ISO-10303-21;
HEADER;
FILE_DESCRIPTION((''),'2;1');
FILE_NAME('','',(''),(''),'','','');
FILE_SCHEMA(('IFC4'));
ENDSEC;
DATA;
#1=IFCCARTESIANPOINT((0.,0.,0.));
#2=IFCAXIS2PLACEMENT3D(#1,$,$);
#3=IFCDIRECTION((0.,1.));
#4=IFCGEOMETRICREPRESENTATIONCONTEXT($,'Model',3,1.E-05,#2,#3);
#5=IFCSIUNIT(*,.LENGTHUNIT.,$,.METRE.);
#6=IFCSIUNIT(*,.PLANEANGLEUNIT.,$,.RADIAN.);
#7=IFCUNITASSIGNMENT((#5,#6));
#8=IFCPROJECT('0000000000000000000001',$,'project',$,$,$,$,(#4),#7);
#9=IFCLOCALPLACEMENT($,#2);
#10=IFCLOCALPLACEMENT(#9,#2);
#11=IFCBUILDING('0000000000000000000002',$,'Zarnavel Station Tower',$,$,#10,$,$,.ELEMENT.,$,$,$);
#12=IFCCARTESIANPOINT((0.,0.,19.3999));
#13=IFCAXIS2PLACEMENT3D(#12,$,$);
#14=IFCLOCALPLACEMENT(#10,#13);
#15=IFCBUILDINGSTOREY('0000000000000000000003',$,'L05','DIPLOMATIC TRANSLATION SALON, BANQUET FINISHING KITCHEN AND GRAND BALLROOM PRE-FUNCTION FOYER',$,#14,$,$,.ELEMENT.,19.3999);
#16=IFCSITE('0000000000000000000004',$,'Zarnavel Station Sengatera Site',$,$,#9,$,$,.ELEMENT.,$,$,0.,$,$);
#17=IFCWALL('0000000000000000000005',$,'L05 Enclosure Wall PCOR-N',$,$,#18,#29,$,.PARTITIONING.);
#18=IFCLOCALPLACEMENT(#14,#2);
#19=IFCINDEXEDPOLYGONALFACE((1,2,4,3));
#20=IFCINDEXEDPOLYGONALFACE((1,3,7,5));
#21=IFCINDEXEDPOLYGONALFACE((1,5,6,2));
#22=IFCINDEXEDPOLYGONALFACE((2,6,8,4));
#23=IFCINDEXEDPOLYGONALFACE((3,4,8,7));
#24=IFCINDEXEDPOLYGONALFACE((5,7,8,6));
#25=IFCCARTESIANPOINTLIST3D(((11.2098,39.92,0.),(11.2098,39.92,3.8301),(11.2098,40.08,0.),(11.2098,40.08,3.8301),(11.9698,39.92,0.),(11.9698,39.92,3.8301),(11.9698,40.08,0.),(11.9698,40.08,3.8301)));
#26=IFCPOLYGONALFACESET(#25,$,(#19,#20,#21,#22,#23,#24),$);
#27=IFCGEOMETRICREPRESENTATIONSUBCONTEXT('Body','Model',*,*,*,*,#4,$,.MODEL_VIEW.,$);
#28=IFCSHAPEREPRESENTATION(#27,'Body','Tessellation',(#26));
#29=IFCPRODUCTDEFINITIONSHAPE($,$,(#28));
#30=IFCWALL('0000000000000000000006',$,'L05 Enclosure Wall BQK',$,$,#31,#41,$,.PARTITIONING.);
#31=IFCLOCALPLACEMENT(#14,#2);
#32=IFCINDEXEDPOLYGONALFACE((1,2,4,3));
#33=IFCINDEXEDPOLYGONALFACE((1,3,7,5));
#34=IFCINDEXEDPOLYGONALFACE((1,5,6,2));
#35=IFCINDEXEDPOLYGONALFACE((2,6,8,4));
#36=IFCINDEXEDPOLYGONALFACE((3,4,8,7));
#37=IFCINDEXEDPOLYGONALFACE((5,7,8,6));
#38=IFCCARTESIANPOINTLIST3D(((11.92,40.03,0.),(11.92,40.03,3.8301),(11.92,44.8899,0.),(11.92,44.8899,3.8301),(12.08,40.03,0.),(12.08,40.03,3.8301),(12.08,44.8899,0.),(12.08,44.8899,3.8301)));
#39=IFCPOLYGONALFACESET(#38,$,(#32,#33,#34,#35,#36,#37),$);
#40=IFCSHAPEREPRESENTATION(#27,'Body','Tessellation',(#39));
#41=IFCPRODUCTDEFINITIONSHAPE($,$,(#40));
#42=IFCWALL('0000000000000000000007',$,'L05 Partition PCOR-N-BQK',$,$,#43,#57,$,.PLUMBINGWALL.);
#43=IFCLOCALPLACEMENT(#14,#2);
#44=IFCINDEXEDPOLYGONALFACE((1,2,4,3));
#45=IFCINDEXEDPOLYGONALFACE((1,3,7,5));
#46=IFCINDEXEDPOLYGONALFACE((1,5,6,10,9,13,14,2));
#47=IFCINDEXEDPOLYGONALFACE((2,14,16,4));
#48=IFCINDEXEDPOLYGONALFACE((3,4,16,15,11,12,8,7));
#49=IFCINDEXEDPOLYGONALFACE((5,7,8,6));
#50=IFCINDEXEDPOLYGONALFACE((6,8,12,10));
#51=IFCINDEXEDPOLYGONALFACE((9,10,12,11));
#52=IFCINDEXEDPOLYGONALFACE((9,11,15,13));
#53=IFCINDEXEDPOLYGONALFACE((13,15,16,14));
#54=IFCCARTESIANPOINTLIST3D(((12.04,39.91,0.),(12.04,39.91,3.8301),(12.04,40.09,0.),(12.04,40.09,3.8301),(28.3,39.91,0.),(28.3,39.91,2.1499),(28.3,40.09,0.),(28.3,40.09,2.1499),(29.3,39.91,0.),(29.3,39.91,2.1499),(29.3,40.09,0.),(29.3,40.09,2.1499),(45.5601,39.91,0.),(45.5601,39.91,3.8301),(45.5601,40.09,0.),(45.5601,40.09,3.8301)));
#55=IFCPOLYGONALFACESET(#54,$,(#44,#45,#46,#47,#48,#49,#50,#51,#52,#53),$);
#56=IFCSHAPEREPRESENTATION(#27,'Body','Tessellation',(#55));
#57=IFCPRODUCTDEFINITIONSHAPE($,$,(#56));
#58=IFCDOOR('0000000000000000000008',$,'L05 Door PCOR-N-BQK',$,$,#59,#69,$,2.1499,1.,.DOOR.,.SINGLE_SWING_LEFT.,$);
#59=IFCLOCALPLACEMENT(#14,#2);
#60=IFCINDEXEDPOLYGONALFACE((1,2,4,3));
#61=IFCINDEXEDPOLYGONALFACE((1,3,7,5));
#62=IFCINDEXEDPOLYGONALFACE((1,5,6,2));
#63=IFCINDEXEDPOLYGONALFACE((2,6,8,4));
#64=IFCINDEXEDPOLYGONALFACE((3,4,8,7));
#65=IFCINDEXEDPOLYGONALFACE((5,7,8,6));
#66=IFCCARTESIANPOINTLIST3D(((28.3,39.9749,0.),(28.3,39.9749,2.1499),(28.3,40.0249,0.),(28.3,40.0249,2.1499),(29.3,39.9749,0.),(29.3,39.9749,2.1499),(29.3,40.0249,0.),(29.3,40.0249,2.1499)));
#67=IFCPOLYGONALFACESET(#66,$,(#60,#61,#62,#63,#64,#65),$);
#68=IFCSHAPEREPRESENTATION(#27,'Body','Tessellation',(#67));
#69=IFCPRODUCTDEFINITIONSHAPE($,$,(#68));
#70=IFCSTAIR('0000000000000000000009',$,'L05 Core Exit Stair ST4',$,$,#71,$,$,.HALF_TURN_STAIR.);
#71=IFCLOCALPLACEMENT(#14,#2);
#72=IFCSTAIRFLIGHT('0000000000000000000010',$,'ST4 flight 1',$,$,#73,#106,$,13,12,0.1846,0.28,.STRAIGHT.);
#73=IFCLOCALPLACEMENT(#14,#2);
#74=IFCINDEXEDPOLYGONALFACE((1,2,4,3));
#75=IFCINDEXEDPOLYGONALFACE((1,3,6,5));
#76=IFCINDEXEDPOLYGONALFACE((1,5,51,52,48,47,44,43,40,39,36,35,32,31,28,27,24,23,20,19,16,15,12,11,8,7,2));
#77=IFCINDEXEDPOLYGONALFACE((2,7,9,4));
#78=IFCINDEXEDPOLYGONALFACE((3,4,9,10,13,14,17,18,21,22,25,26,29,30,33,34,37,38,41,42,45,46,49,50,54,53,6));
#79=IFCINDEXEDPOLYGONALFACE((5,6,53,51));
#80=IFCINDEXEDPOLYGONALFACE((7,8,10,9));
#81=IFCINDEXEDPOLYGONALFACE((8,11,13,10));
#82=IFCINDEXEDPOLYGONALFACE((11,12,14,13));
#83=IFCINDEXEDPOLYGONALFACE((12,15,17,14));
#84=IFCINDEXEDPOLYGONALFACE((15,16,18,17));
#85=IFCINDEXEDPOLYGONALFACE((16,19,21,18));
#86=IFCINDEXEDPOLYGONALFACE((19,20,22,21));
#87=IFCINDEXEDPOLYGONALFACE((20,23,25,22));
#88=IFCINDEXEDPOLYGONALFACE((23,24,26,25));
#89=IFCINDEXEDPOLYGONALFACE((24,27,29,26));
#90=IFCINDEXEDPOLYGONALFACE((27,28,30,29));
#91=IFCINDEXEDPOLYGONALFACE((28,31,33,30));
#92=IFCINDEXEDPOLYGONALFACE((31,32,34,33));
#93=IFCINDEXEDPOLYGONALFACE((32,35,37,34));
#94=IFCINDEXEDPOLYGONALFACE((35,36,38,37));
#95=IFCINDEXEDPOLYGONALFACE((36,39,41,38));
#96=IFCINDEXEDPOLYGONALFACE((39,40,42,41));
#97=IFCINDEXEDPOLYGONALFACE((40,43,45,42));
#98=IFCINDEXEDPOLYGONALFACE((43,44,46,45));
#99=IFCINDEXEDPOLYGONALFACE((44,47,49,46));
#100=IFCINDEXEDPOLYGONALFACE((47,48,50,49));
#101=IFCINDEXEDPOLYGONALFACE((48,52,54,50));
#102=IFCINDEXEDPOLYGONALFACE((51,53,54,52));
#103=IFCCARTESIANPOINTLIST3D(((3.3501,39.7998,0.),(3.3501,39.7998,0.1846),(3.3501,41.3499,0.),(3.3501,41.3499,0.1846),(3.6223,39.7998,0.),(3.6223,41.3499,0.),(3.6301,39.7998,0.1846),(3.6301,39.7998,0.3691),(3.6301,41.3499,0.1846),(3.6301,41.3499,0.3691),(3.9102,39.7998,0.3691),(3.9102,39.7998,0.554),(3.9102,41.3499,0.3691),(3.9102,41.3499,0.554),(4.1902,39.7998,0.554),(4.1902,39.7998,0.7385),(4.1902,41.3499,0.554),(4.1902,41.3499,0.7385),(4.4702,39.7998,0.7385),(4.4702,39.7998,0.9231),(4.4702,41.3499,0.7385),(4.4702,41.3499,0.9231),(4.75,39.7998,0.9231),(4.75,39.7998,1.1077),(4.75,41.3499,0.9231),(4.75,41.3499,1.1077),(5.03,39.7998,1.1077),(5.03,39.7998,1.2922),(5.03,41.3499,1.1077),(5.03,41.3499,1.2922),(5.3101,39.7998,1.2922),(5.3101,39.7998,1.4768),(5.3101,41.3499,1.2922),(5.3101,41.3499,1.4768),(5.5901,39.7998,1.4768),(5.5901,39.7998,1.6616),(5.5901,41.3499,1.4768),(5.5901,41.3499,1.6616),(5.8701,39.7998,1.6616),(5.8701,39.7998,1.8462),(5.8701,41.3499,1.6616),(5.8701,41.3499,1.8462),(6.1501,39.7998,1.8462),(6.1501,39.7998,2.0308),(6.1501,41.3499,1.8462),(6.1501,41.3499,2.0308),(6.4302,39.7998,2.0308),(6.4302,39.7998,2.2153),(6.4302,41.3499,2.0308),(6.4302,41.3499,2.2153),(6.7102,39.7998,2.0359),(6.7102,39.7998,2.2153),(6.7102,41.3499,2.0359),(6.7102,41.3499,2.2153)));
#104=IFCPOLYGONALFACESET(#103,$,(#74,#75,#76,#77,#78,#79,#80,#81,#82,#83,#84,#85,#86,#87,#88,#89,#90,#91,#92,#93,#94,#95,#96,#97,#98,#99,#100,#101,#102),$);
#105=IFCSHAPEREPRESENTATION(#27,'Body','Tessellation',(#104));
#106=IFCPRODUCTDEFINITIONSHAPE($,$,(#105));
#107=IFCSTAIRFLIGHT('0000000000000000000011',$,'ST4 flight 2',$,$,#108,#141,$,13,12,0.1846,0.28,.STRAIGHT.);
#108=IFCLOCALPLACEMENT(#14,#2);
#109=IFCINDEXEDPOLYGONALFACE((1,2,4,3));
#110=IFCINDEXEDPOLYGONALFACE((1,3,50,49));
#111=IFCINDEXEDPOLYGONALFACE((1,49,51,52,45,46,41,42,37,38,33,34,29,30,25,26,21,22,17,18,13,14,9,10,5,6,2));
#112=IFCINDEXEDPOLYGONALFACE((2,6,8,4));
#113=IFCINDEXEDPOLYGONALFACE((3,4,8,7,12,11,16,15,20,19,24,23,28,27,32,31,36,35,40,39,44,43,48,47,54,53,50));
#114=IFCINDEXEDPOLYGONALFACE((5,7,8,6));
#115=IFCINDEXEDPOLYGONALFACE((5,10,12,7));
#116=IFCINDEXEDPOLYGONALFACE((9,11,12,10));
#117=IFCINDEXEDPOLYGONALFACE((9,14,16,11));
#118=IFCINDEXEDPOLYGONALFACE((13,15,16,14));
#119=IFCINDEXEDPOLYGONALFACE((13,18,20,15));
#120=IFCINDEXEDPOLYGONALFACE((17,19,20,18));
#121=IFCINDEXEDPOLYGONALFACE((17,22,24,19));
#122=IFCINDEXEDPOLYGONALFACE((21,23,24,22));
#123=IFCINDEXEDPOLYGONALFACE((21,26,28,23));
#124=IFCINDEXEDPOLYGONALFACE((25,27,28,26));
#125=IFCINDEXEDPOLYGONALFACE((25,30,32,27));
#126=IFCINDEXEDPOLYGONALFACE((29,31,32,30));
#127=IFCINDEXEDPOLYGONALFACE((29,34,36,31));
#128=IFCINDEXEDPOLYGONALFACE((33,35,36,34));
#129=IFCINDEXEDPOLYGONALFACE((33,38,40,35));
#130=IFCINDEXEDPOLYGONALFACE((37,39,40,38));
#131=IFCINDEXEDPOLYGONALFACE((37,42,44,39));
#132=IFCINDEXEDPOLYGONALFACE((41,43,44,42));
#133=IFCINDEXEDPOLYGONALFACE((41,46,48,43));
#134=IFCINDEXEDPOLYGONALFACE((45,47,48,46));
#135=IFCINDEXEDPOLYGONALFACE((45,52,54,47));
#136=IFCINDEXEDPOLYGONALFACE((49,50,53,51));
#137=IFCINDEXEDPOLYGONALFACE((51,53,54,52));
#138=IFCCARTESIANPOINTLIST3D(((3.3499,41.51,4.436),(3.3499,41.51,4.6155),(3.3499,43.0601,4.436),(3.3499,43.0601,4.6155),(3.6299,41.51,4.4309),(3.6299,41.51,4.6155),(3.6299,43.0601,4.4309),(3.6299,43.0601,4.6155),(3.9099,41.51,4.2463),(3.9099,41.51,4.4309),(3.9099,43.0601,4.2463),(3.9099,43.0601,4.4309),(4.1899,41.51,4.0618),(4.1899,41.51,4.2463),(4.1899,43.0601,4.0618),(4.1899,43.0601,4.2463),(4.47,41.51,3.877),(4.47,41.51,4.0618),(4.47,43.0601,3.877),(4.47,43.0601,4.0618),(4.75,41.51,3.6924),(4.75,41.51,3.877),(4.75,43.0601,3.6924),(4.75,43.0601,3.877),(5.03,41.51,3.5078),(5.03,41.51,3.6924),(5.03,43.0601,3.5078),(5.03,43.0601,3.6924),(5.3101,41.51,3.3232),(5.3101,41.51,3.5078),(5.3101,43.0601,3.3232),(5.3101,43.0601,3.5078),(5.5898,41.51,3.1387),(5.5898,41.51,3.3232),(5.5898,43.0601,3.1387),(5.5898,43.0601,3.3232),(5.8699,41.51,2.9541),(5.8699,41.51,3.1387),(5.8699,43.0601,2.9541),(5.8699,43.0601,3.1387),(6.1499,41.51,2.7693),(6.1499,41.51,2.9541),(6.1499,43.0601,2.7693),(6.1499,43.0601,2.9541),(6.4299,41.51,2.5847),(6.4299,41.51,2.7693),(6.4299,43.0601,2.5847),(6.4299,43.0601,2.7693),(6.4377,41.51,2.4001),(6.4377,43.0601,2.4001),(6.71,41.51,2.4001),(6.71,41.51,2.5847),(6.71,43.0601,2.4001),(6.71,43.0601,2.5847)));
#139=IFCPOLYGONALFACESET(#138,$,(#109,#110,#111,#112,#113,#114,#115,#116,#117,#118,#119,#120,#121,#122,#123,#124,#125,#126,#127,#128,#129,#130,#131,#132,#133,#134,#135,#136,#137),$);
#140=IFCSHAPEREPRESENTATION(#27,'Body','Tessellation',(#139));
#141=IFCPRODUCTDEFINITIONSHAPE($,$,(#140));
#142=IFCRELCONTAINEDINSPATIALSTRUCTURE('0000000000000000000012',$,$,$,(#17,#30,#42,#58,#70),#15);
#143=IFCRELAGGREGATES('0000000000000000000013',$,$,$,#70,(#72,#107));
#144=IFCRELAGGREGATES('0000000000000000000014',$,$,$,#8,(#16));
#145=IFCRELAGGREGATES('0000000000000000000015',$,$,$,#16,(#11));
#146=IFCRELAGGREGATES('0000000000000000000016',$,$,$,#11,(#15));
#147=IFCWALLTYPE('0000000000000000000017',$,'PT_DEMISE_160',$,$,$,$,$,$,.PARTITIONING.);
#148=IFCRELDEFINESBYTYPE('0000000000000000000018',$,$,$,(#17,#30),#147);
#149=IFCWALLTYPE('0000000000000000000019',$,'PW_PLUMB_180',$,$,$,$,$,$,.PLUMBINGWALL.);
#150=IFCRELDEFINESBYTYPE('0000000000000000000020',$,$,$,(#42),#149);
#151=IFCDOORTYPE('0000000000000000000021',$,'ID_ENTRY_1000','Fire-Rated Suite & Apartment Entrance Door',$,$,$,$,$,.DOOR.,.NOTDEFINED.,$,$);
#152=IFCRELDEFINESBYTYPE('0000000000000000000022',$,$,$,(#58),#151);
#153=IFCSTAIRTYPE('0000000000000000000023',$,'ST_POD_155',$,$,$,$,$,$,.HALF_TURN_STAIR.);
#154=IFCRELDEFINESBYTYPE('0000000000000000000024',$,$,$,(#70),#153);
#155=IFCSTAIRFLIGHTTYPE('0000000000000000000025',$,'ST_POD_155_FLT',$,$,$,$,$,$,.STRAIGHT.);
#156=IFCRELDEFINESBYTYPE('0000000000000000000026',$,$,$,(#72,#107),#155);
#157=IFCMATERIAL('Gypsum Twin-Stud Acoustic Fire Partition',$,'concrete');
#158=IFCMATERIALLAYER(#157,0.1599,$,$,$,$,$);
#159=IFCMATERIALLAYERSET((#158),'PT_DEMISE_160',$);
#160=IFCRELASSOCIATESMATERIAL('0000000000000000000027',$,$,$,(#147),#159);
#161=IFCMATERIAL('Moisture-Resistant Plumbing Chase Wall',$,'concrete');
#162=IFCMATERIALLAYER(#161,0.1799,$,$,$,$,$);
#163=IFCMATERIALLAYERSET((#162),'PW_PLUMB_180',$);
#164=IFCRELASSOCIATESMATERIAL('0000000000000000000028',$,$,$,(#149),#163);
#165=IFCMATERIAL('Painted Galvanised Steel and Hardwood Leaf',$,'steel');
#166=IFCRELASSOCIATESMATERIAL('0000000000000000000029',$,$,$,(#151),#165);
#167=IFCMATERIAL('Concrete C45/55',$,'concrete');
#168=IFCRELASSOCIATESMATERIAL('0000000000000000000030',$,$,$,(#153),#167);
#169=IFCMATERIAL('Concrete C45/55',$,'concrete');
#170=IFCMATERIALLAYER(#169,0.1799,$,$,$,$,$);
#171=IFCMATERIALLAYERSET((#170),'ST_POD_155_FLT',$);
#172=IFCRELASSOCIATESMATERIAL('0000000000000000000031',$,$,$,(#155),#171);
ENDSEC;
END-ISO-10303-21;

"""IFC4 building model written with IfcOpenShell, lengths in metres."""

from ifc_helpers import new_model, si_unit, direction, frame, frame_2d, origin, place, context, subcontext, project, spatial, polyline, rectangle, outline, extrude, material, layer, layer_set, type_object, element, fill, aggregate, save


model = new_model("IFC4")

# Units and contexts
model_context = context("Model", 3, precision=1e-05, world=origin(), true_north=direction((0.0, 1.0)))
body_context = subcontext(model_context, "Body", "Model", "MODEL_VIEW")
ifc_project = project(units=[si_unit("LENGTHUNIT", "METRE"), si_unit("PLANEANGLEUNIT", "RADIAN")], contexts=[model_context])

# Site, building, storey
site_placement = place(None, origin())
site = spatial("IfcSite", under=ifc_project, at=site_placement, Name="Zarnavel Station Sengatera Site", CompositionType="ELEMENT", RefElevation=0.0)
building_placement = place(site_placement, origin())
building = spatial("IfcBuilding", under=site, at=building_placement, Name="Zarnavel Station Tower", CompositionType="ELEMENT")
storey_placement = place(building_placement, frame((0.0, 0.0, 19.3999)))
storey = spatial("IfcBuildingStorey", under=building, at=storey_placement, Name="L05", Description="DIPLOMATIC TRANSLATION SALON, BANQUET FINISHING KITCHEN AND GRAND BALLROOM PRE-FUNCTION FOYER", CompositionType="ELEMENT", Elevation=19.3999)

# Walls
ifc_material_1 = material(Name="Gypsum Twin-Stud Acoustic Fire Partition", Category="concrete")
ifc_layer_1 = layer(ifc_material_1, 0.1599)
ifc_layer_set_1 = layer_set([ifc_layer_1], Name="PT_DEMISE_160")
wall_type_1 = type_object("IfcWallType", Name="PT_DEMISE_160", PredefinedType="PARTITIONING", material=ifc_layer_set_1)
wall_1_placement = place(storey_placement, frame((11.21, 40.0, 0.0), z_axis=(0.0, 0.0, 1.0), x_axis=(1.0, 0.0, 0.0)))
element("IfcWall", 1, at=wall_1_placement, inside=storey, type_object=wall_type_1, Name="L05 Enclosure Wall PCOR-N", PredefinedType="PARTITIONING", context=body_context, shape_type="SweptSolid", body=[
    extrude(rectangle(XDim=0.76, YDim=0.1599, at=frame_2d((0.3799, 0.0))), origin(), (0.0, 0.0, 1.0), 3.8301),
])
wall_2_placement = place(storey_placement, frame((12.0, 40.03, 0.0), z_axis=(0.0, 0.0, 1.0), x_axis=(0.0, 1.0, 0.0)))
element("IfcWall", 2, at=wall_2_placement, inside=storey, type_object=wall_type_1, Name="L05 Enclosure Wall BQK", PredefinedType="PARTITIONING", context=body_context, shape_type="SweptSolid", body=[
    extrude(rectangle(XDim=4.8599, YDim=0.1599, at=frame_2d((2.4299, 0.0))), origin(), (0.0, 0.0, 1.0), 3.8301),
])

# Wall, opening, door
ifc_material_2 = material(Name="Moisture-Resistant Plumbing Chase Wall", Category="concrete")
ifc_layer_2 = layer(ifc_material_2, 0.1799)
ifc_layer_set_2 = layer_set([ifc_layer_2], Name="PW_PLUMB_180")
wall_type_2 = type_object("IfcWallType", Name="PW_PLUMB_180", PredefinedType="PLUMBINGWALL", material=ifc_layer_set_2)
wall_3_placement = place(storey_placement, frame((12.04, 40.0, 0.0), z_axis=(0.0, 0.0, 1.0), x_axis=(1.0, 0.0, 0.0)))
wall_3 = element("IfcWall", 3, at=wall_3_placement, inside=storey, type_object=wall_type_2, Name="L05 Partition PCOR-N-BQK", PredefinedType="PLUMBINGWALL", context=body_context, shape_type="SweptSolid", body=[
    extrude(rectangle(XDim=33.52, YDim=0.1799, at=frame_2d((16.76, 0.0))), origin(), (0.0, 0.0, 1.0), 3.8301),
])
opening_1_placement = place(wall_3_placement, frame((16.26, 0.0, 0.0)))
opening_1 = element("IfcOpeningElement", 4, at=opening_1_placement, cuts=wall_3, PredefinedType="OPENING", context=body_context, shape_type="SweptSolid", body=[
    extrude(rectangle(XDim=1.0, YDim=2.1499, at=frame_2d((0.5, 1.075))), frame((0.0, 0.0999, 0.0), z_axis=(0.0, -1.0, 0.0), x_axis=(1.0, 0.0, 0.0)), (0.0, 0.0, 1.0), 0.2),
])
ifc_material_3 = material(Name="Painted Galvanised Steel and Hardwood Leaf", Category="steel")
door_type = type_object("IfcDoorType", Name="ID_ENTRY_1000", Description="Fire-Rated Suite & Apartment Entrance Door", OperationType="NOTDEFINED", PredefinedType="DOOR", material=ifc_material_3)
door_placement = place(opening_1_placement, origin())
door = element("IfcDoor", 5, at=door_placement, inside=storey, type_object=door_type, Name="L05 Door PCOR-N-BQK", OperationType="SINGLE_SWING_LEFT", OverallHeight=2.1499, OverallWidth=1.0, PredefinedType="DOOR", context=body_context, shape_type="SweptSolid", body=[
    extrude(rectangle(XDim=1.0, YDim=2.1499, at=frame_2d((0.5, 1.075))), frame((0.0, 0.0249, 0.0), z_axis=(0.0, -1.0, 0.0), x_axis=(1.0, 0.0, 0.0)), (0.0, 0.0, 1.0), 0.05),
])
fill(opening_1, door)

# Stair, stair flights
ifc_material_4 = material(Name="Concrete C45/55", Category="concrete")
stair_type = type_object("IfcStairType", Name="ST_POD_155", PredefinedType="HALF_TURN_STAIR", material=ifc_material_4)
stair_placement = place(storey_placement, origin())
stair = element("IfcStair", 6, at=stair_placement, inside=storey, type_object=stair_type, Name="L05 Core Exit Stair ST4", PredefinedType="HALF_TURN_STAIR")
ifc_material_5 = material(Name="Concrete C45/55", Category="concrete")
ifc_layer_3 = layer(ifc_material_5, 0.1799)
ifc_layer_set_3 = layer_set([ifc_layer_3], Name="ST_POD_155_FLT")
stair_flight_type = type_object("IfcStairFlightType", Name="ST_POD_155_FLT", PredefinedType="STRAIGHT", material=ifc_layer_set_3)
stair_flight_1_placement = place(storey_placement, frame((3.3501, 40.575, 0.0), z_axis=(0.0, 0.0, 1.0), x_axis=(1.0, 0.0, 0.0)))
stair_flight_1 = element("IfcStairFlight", 7, at=stair_flight_1_placement, type_object=stair_flight_type, Name="ST4 flight 1", NumberOfRisers=13, NumberOfTreads=12, PredefinedType="STRAIGHT", RiserHeight=0.1846, TreadLength=0.28, context=body_context, shape_type="SweptSolid", body=[
    extrude(outline(polyline([(0.0, 0.0), (0.0, 0.1846), (0.28, 0.1846), (0.28, 0.3691), (0.5601, 0.3691), (0.5601, 0.554), (0.8401, 0.554), (0.8401, 0.7385), (1.1201, 0.7385), (1.1201, 0.9231), (1.3999, 0.9231), (1.3999, 1.1077), (1.6799, 1.1077), (1.6799, 1.2922), (1.96, 1.2922), (1.96, 1.4768), (2.24, 1.4768), (2.24, 1.6616), (2.52, 1.6616), (2.52, 1.8462), (2.8, 1.8462), (2.8, 2.0308), (3.0801, 2.0308), (3.0801, 2.2153), (3.3601, 2.2153), (3.3601, 2.3999), (3.3601, 2.0359), (0.2722, 0.0), (0.0, 0.0)])), frame((0.0, 0.7749, 0.0), z_axis=(0.0, -1.0, 0.0), x_axis=(1.0, 0.0, 0.0)), (0.0, 0.0, 1.0), 1.55),
])
stair_flight_2_placement = place(storey_placement, frame((6.71, 42.2849, 2.4001), z_axis=(0.0, 0.0, 1.0), x_axis=(-1.0, 0.0, 0.0)))
stair_flight_2 = element("IfcStairFlight", 8, at=stair_flight_2_placement, type_object=stair_flight_type, Name="ST4 flight 2", NumberOfRisers=13, NumberOfTreads=12, PredefinedType="STRAIGHT", RiserHeight=0.1846, TreadLength=0.28, context=body_context, shape_type="SweptSolid", body=[
    extrude(outline(polyline([(0.0, 0.0), (0.0, 0.1846), (0.28, 0.1846), (0.28, 0.3691), (0.5601, 0.3691), (0.5601, 0.554), (0.8401, 0.554), (0.8401, 0.7385), (1.1201, 0.7385), (1.1201, 0.9231), (1.3999, 0.9231), (1.3999, 1.1077), (1.6799, 1.1077), (1.6799, 1.2922), (1.96, 1.2922), (1.96, 1.4768), (2.24, 1.4768), (2.24, 1.6616), (2.52, 1.6616), (2.52, 1.8462), (2.8, 1.8462), (2.8, 2.0308), (3.0801, 2.0308), (3.0801, 2.2153), (3.3601, 2.2153), (3.3601, 2.3999), (3.3601, 2.0359), (0.2722, 0.0), (0.0, 0.0)])), frame((0.0, 0.7749, 0.0), z_axis=(0.0, -1.0, 0.0), x_axis=(1.0, 0.0, 0.0)), (0.0, 0.0, 1.0), 1.55),
])
aggregate(stair, [stair_flight_1, stair_flight_2])

save(model, "model.ifc")
